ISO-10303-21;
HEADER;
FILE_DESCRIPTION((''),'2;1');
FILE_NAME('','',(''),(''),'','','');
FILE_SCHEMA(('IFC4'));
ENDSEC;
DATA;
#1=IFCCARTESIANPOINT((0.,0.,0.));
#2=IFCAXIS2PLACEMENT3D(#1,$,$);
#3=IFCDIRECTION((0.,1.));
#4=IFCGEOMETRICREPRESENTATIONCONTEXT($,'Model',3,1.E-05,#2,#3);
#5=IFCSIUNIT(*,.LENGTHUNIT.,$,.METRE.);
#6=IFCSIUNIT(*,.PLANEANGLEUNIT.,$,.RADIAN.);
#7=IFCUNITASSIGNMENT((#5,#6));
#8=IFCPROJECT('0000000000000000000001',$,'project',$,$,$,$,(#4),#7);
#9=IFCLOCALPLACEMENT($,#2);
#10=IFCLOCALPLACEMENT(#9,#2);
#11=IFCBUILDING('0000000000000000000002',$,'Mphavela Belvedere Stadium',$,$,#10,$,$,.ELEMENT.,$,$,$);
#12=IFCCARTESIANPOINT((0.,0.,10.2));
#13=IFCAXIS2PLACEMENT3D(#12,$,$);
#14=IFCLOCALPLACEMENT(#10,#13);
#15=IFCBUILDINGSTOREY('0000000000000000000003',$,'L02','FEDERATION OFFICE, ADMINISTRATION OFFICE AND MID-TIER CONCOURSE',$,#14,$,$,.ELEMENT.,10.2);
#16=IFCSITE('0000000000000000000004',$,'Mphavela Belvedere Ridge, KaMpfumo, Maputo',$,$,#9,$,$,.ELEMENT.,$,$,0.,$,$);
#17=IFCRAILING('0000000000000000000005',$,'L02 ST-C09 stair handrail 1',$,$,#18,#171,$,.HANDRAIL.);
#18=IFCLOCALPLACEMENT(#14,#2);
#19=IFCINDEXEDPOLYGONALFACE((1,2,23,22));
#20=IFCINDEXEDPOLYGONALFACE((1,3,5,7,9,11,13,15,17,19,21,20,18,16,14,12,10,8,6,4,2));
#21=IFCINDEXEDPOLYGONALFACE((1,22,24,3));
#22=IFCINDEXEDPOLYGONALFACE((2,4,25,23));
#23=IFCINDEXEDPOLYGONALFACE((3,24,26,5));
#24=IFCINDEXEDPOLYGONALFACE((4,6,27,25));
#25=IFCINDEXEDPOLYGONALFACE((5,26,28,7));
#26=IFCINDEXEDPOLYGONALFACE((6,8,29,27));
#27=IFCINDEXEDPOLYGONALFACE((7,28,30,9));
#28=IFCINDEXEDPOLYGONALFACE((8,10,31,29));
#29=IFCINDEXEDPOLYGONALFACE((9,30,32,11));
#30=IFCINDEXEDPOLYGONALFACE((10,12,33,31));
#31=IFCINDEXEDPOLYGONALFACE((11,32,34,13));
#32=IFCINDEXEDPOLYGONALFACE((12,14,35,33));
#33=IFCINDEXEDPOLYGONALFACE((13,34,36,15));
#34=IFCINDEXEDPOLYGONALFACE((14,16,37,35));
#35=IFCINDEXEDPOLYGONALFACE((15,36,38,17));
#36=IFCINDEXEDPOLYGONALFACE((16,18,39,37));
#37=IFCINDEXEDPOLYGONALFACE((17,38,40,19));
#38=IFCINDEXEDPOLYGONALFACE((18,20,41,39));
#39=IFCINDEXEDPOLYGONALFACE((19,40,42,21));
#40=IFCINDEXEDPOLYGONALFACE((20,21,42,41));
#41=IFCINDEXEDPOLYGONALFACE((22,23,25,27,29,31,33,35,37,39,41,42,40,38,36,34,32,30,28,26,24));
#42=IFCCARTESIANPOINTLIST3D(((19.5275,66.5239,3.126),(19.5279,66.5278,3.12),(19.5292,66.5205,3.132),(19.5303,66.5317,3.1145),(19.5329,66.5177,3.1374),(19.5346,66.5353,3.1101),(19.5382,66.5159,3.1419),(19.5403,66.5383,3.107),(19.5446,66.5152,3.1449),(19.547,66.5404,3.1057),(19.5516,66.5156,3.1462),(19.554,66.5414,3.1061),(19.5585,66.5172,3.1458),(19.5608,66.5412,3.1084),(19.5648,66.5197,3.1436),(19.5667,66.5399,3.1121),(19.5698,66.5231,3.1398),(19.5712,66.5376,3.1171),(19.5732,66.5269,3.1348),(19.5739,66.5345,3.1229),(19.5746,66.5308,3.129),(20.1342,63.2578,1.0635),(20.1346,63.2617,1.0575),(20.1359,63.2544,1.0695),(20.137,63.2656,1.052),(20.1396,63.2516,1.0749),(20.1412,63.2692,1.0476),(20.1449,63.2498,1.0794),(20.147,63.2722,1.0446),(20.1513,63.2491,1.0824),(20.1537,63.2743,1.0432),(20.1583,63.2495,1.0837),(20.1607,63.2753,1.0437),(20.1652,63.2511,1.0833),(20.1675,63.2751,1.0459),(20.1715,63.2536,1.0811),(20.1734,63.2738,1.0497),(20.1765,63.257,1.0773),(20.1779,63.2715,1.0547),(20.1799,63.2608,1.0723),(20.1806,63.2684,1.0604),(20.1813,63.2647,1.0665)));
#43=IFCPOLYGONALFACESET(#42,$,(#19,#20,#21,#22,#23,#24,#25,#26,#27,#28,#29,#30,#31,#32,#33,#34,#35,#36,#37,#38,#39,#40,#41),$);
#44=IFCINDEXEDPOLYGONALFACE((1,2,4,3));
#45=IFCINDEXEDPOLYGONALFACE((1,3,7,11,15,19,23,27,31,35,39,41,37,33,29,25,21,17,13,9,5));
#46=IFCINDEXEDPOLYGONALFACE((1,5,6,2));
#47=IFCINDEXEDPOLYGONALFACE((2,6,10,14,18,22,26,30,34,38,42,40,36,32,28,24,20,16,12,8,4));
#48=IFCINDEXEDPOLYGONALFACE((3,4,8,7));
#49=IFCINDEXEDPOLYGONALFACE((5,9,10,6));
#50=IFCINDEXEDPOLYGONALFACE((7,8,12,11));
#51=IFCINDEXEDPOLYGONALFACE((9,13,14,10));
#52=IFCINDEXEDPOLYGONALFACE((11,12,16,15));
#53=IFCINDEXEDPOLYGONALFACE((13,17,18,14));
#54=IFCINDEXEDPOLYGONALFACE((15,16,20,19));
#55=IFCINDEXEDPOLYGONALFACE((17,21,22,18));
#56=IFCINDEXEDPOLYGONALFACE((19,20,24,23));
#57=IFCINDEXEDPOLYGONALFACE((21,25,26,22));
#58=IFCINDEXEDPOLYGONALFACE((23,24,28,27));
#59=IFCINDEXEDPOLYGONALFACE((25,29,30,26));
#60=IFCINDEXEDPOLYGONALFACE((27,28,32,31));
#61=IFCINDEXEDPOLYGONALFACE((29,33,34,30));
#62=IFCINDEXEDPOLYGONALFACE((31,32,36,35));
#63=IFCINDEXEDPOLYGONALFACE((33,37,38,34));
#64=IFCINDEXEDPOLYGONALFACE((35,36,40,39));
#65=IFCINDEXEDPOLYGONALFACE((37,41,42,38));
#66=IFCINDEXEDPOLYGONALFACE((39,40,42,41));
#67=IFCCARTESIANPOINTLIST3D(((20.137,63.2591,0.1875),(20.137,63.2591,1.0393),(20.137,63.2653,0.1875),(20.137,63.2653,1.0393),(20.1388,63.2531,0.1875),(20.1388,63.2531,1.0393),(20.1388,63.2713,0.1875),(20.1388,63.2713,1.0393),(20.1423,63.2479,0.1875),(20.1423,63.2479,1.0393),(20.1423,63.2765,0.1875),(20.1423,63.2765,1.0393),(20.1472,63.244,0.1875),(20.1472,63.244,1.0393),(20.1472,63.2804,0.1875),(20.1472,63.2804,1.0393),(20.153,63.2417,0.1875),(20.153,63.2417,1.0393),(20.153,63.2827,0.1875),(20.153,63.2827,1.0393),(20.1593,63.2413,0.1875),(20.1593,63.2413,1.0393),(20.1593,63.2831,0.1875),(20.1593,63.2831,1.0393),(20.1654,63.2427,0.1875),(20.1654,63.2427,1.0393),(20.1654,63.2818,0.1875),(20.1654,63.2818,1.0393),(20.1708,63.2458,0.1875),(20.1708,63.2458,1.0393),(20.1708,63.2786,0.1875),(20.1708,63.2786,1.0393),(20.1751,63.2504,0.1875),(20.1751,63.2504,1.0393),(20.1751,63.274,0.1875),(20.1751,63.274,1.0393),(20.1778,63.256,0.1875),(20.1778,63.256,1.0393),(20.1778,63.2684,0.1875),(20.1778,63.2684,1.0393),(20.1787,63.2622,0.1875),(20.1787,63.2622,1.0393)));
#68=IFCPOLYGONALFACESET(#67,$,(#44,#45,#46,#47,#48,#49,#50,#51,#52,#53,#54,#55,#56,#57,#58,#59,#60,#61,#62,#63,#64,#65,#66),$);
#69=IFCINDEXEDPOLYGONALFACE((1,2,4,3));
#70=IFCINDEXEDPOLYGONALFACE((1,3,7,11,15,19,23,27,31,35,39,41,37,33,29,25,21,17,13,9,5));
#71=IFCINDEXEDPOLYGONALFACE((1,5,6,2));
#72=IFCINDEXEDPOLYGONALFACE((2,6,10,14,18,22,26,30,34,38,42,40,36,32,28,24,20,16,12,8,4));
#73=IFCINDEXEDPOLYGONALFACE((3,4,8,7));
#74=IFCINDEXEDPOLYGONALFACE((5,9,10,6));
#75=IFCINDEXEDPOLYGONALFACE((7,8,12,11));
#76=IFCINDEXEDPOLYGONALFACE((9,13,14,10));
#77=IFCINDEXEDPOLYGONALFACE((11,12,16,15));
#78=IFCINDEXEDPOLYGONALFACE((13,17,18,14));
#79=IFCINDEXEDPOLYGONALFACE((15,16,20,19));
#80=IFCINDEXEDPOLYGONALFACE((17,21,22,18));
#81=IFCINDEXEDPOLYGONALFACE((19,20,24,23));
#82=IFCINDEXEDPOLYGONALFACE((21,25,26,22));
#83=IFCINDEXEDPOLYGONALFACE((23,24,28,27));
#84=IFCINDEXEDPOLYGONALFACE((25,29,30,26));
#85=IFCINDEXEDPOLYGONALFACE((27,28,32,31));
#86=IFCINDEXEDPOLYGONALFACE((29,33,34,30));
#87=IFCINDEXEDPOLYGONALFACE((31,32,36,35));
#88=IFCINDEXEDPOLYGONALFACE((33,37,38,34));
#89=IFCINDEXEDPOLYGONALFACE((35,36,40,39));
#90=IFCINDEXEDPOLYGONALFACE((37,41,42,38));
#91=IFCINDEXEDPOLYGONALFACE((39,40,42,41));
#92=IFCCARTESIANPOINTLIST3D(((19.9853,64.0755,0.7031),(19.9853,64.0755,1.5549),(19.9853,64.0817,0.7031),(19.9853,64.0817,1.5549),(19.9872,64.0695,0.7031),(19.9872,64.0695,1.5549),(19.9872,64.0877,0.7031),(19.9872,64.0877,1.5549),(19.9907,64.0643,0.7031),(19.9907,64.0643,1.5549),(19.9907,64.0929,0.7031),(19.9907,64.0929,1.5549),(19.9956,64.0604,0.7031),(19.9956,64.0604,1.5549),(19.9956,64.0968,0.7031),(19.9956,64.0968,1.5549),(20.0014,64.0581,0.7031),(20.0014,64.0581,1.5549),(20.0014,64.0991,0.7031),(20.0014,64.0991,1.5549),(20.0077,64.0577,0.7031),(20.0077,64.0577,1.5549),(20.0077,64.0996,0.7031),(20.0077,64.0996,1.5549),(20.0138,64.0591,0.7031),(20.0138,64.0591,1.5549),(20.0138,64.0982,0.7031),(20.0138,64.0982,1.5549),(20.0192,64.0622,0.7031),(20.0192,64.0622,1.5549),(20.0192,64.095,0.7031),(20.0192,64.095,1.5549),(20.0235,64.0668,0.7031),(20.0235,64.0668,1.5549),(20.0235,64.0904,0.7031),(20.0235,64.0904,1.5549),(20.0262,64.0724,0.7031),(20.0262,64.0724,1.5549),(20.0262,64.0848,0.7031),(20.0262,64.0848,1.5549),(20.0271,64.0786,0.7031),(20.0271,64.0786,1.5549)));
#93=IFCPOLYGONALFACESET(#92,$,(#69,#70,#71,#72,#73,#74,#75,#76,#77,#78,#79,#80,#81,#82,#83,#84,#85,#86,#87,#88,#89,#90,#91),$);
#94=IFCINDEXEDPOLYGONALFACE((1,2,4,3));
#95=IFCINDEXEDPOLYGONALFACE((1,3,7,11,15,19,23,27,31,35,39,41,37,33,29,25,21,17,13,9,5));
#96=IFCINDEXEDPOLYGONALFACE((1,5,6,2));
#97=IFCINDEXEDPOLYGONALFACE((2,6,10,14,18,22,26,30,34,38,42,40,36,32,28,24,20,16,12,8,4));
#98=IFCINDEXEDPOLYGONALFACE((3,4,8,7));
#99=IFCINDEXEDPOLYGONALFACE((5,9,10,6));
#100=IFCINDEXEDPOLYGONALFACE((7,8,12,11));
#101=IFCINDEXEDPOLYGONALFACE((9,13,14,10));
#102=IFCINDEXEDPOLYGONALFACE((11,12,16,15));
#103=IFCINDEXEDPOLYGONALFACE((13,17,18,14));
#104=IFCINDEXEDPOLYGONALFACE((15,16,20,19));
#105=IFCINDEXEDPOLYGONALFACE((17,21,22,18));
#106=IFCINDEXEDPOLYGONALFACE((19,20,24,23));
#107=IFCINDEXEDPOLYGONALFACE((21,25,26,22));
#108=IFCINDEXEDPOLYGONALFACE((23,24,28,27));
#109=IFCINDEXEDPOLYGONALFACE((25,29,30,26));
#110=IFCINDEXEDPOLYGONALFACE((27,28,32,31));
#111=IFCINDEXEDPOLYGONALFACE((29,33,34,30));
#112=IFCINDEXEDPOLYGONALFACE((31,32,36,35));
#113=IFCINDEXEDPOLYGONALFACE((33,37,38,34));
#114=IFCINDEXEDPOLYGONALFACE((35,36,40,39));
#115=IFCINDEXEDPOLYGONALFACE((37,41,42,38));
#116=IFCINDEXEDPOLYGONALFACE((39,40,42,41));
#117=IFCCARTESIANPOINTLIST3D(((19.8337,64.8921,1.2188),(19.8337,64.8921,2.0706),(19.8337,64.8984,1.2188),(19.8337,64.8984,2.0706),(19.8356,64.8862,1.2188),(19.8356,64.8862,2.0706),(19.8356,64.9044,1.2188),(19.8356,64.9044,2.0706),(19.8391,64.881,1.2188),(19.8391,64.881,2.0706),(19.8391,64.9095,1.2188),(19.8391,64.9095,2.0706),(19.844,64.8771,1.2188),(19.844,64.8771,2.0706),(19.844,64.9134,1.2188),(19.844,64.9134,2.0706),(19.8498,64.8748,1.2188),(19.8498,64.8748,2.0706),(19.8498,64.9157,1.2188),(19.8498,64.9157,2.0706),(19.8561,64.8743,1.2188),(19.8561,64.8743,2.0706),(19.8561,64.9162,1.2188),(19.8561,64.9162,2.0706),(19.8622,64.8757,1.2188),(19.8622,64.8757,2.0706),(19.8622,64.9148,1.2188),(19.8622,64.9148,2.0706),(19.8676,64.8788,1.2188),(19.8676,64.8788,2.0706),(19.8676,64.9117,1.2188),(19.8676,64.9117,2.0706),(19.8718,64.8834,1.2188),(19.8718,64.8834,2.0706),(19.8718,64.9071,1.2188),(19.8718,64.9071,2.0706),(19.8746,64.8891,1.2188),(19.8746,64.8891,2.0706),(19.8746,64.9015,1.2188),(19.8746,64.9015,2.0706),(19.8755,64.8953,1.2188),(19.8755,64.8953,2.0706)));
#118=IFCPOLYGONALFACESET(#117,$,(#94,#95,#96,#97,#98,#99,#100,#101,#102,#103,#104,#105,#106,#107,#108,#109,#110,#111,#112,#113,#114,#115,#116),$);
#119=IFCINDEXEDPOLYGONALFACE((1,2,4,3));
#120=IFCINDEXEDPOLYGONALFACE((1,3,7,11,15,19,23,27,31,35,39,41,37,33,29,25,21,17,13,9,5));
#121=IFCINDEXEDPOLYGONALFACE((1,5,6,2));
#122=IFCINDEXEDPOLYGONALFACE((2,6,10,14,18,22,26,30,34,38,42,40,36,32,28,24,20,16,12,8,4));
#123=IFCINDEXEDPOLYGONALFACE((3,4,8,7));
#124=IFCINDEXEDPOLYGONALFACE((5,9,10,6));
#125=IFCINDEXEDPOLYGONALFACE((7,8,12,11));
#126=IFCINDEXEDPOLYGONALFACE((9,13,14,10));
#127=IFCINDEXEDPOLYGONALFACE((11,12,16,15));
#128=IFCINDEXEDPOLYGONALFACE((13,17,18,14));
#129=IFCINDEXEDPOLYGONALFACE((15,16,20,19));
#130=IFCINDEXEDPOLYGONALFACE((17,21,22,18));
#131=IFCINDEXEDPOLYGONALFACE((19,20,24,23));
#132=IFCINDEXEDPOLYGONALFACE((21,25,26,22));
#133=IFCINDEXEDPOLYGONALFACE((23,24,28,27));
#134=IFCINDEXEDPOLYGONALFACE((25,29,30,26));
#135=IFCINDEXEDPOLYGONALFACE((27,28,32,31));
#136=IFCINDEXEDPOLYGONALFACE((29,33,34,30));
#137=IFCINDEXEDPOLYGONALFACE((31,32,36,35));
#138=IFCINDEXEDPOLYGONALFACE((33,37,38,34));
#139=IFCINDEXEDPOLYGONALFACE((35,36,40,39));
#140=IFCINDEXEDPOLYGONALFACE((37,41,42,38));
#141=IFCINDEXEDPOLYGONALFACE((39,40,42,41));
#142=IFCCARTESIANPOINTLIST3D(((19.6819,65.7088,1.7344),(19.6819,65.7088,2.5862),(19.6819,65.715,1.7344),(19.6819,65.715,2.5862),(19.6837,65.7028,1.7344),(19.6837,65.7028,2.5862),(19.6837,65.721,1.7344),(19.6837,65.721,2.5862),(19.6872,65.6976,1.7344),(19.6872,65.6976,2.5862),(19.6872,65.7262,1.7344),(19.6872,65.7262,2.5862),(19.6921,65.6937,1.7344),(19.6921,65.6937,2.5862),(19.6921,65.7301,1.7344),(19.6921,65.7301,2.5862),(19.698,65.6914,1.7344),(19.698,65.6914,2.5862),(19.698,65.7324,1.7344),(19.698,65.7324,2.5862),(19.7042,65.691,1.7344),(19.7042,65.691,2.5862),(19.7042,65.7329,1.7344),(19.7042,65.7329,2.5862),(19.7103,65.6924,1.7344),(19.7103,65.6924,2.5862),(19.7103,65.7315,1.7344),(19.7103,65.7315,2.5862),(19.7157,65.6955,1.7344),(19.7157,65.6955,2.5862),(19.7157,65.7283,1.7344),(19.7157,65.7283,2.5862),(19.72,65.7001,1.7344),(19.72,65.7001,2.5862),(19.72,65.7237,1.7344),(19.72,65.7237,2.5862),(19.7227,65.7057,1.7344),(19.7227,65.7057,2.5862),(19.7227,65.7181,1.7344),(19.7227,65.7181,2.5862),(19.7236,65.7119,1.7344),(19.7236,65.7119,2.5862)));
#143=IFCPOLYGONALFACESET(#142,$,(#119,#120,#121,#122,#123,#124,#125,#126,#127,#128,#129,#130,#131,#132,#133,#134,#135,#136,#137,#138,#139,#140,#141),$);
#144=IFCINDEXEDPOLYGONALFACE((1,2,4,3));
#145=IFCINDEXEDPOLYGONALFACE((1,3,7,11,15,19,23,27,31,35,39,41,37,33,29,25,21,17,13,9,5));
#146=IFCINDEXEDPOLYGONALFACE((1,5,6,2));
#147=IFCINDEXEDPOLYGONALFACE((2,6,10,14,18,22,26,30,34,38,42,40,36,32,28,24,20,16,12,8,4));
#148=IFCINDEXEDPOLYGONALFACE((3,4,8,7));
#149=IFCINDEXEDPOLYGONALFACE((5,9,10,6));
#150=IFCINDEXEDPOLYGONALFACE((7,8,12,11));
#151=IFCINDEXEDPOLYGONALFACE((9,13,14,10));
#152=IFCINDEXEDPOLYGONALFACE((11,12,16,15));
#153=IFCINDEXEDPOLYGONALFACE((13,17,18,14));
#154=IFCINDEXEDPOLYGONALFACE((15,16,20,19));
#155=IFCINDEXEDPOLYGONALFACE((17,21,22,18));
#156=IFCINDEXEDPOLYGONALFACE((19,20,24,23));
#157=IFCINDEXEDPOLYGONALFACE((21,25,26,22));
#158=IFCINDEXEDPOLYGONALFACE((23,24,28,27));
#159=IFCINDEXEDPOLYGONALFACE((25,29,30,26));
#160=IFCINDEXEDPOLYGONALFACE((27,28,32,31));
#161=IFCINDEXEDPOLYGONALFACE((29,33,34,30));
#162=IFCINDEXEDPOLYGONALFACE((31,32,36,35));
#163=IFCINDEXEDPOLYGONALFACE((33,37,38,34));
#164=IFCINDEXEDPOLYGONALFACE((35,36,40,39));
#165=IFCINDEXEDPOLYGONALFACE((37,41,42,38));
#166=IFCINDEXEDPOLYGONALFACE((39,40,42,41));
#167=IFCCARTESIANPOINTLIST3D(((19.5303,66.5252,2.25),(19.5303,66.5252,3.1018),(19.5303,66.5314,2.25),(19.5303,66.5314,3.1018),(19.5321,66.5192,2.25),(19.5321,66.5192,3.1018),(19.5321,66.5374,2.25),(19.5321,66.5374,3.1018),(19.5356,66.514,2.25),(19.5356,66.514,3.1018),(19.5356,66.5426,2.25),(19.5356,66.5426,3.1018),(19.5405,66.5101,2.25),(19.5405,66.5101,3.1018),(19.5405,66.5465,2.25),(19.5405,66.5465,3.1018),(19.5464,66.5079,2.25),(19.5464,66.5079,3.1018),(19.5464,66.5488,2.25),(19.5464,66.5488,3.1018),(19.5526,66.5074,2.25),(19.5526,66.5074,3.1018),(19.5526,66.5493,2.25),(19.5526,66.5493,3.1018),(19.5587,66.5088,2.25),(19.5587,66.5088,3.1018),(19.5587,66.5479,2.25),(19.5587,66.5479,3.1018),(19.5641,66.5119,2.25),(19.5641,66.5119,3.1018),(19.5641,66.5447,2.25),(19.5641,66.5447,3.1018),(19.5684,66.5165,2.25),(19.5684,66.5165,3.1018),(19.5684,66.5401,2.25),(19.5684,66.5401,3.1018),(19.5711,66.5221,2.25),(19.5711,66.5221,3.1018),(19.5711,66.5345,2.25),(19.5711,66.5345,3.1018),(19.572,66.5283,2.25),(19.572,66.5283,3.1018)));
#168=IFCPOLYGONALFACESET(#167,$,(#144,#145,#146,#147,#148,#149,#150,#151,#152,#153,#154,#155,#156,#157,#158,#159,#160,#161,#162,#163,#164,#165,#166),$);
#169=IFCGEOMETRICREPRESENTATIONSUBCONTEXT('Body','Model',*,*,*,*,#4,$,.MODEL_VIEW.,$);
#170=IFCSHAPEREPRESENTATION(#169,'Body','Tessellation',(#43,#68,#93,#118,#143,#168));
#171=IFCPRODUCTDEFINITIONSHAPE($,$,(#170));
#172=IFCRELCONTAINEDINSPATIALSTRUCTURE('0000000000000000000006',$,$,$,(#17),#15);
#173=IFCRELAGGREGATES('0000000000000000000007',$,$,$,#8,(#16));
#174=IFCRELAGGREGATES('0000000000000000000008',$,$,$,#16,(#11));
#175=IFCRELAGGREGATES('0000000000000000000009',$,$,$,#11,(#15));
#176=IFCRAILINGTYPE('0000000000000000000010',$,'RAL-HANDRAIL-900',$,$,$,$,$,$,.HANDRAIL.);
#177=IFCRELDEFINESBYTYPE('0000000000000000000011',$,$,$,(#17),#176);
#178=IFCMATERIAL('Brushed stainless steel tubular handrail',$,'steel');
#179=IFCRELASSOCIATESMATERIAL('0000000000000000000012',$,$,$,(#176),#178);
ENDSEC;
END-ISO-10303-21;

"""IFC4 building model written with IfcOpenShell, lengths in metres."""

from ifc_helpers import new_model, si_unit, direction, frame, origin, origin_2d, place, context, subcontext, project, spatial, circle, extrude, material, type_object, element, save


model = new_model("IFC4")

# Units and contexts
model_context = context("Model", 3, precision=1e-05, world=origin(), true_north=direction((0.0, 1.0)))
body_context = subcontext(model_context, "Body", "Model", "MODEL_VIEW")
ifc_project = project(units=[si_unit("LENGTHUNIT", "METRE"), si_unit("PLANEANGLEUNIT", "RADIAN")], contexts=[model_context])

# Site, building, storey
site_placement = place(None, origin())
site = spatial("IfcSite", under=ifc_project, at=site_placement, Name="Mphavela Belvedere Ridge, KaMpfumo, Maputo", CompositionType="ELEMENT", RefElevation=0.0)
building_placement = place(site_placement, origin())
building = spatial("IfcBuilding", under=site, at=building_placement, Name="Mphavela Belvedere Stadium", CompositionType="ELEMENT")
storey_placement = place(building_placement, frame((0.0, 0.0, 10.2)))
storey = spatial("IfcBuildingStorey", under=building, at=storey_placement, Name="L02", Description="FEDERATION OFFICE, ADMINISTRATION OFFICE AND MID-TIER CONCOURSE", CompositionType="ELEMENT", Elevation=10.2)

# Railing
ifc_material_1 = material(Name="Brushed stainless steel tubular handrail", Category="steel")
railing_type_1 = type_object("IfcRailingType", Name="RAL-HANDRAIL-900", PredefinedType="HANDRAIL", material=ifc_material_1)
railing_1_placement = place(storey_placement, frame((20.1577, 63.2622, 0.1875)))
element("IfcRailing", 1, at=railing_1_placement, inside=storey, type_object=railing_type_1, Name="L02 ST-C09 stair handrail 1", PredefinedType="HANDRAIL", context=body_context, shape_type="SweptSolid", body=[
    extrude(circle(Radius=0.0239, at=origin_2d()), frame((0.0, 0.0, 0.876), z_axis=(-0.155157, 0.835286, 0.52747), x_axis=(-0.983182, -0.182629, 0.0)), (0.0, 0.0, 1.0), 3.9102),
    extrude(circle(Radius=0.021, at=origin_2d()), origin(), (0.0, 0.0, 1.0), 0.8518),
    extrude(circle(Radius=0.021, at=origin_2d()), frame((-0.1516, 0.8164, 0.5156)), (0.0, 0.0, 1.0), 0.8518),
    extrude(circle(Radius=0.021, at=origin_2d()), frame((-0.3032, 1.6331, 1.0312)), (0.0, 0.0, 1.0), 0.8518),
    extrude(circle(Radius=0.021, at=origin_2d()), frame((-0.4551, 2.4497, 1.5469)), (0.0, 0.0, 1.0), 0.8518),
    extrude(circle(Radius=0.021, at=origin_2d()), frame((-0.6067, 3.2661, 2.0625)), (0.0, 0.0, 1.0), 0.8518),
])

save(model, "model.ifc")
